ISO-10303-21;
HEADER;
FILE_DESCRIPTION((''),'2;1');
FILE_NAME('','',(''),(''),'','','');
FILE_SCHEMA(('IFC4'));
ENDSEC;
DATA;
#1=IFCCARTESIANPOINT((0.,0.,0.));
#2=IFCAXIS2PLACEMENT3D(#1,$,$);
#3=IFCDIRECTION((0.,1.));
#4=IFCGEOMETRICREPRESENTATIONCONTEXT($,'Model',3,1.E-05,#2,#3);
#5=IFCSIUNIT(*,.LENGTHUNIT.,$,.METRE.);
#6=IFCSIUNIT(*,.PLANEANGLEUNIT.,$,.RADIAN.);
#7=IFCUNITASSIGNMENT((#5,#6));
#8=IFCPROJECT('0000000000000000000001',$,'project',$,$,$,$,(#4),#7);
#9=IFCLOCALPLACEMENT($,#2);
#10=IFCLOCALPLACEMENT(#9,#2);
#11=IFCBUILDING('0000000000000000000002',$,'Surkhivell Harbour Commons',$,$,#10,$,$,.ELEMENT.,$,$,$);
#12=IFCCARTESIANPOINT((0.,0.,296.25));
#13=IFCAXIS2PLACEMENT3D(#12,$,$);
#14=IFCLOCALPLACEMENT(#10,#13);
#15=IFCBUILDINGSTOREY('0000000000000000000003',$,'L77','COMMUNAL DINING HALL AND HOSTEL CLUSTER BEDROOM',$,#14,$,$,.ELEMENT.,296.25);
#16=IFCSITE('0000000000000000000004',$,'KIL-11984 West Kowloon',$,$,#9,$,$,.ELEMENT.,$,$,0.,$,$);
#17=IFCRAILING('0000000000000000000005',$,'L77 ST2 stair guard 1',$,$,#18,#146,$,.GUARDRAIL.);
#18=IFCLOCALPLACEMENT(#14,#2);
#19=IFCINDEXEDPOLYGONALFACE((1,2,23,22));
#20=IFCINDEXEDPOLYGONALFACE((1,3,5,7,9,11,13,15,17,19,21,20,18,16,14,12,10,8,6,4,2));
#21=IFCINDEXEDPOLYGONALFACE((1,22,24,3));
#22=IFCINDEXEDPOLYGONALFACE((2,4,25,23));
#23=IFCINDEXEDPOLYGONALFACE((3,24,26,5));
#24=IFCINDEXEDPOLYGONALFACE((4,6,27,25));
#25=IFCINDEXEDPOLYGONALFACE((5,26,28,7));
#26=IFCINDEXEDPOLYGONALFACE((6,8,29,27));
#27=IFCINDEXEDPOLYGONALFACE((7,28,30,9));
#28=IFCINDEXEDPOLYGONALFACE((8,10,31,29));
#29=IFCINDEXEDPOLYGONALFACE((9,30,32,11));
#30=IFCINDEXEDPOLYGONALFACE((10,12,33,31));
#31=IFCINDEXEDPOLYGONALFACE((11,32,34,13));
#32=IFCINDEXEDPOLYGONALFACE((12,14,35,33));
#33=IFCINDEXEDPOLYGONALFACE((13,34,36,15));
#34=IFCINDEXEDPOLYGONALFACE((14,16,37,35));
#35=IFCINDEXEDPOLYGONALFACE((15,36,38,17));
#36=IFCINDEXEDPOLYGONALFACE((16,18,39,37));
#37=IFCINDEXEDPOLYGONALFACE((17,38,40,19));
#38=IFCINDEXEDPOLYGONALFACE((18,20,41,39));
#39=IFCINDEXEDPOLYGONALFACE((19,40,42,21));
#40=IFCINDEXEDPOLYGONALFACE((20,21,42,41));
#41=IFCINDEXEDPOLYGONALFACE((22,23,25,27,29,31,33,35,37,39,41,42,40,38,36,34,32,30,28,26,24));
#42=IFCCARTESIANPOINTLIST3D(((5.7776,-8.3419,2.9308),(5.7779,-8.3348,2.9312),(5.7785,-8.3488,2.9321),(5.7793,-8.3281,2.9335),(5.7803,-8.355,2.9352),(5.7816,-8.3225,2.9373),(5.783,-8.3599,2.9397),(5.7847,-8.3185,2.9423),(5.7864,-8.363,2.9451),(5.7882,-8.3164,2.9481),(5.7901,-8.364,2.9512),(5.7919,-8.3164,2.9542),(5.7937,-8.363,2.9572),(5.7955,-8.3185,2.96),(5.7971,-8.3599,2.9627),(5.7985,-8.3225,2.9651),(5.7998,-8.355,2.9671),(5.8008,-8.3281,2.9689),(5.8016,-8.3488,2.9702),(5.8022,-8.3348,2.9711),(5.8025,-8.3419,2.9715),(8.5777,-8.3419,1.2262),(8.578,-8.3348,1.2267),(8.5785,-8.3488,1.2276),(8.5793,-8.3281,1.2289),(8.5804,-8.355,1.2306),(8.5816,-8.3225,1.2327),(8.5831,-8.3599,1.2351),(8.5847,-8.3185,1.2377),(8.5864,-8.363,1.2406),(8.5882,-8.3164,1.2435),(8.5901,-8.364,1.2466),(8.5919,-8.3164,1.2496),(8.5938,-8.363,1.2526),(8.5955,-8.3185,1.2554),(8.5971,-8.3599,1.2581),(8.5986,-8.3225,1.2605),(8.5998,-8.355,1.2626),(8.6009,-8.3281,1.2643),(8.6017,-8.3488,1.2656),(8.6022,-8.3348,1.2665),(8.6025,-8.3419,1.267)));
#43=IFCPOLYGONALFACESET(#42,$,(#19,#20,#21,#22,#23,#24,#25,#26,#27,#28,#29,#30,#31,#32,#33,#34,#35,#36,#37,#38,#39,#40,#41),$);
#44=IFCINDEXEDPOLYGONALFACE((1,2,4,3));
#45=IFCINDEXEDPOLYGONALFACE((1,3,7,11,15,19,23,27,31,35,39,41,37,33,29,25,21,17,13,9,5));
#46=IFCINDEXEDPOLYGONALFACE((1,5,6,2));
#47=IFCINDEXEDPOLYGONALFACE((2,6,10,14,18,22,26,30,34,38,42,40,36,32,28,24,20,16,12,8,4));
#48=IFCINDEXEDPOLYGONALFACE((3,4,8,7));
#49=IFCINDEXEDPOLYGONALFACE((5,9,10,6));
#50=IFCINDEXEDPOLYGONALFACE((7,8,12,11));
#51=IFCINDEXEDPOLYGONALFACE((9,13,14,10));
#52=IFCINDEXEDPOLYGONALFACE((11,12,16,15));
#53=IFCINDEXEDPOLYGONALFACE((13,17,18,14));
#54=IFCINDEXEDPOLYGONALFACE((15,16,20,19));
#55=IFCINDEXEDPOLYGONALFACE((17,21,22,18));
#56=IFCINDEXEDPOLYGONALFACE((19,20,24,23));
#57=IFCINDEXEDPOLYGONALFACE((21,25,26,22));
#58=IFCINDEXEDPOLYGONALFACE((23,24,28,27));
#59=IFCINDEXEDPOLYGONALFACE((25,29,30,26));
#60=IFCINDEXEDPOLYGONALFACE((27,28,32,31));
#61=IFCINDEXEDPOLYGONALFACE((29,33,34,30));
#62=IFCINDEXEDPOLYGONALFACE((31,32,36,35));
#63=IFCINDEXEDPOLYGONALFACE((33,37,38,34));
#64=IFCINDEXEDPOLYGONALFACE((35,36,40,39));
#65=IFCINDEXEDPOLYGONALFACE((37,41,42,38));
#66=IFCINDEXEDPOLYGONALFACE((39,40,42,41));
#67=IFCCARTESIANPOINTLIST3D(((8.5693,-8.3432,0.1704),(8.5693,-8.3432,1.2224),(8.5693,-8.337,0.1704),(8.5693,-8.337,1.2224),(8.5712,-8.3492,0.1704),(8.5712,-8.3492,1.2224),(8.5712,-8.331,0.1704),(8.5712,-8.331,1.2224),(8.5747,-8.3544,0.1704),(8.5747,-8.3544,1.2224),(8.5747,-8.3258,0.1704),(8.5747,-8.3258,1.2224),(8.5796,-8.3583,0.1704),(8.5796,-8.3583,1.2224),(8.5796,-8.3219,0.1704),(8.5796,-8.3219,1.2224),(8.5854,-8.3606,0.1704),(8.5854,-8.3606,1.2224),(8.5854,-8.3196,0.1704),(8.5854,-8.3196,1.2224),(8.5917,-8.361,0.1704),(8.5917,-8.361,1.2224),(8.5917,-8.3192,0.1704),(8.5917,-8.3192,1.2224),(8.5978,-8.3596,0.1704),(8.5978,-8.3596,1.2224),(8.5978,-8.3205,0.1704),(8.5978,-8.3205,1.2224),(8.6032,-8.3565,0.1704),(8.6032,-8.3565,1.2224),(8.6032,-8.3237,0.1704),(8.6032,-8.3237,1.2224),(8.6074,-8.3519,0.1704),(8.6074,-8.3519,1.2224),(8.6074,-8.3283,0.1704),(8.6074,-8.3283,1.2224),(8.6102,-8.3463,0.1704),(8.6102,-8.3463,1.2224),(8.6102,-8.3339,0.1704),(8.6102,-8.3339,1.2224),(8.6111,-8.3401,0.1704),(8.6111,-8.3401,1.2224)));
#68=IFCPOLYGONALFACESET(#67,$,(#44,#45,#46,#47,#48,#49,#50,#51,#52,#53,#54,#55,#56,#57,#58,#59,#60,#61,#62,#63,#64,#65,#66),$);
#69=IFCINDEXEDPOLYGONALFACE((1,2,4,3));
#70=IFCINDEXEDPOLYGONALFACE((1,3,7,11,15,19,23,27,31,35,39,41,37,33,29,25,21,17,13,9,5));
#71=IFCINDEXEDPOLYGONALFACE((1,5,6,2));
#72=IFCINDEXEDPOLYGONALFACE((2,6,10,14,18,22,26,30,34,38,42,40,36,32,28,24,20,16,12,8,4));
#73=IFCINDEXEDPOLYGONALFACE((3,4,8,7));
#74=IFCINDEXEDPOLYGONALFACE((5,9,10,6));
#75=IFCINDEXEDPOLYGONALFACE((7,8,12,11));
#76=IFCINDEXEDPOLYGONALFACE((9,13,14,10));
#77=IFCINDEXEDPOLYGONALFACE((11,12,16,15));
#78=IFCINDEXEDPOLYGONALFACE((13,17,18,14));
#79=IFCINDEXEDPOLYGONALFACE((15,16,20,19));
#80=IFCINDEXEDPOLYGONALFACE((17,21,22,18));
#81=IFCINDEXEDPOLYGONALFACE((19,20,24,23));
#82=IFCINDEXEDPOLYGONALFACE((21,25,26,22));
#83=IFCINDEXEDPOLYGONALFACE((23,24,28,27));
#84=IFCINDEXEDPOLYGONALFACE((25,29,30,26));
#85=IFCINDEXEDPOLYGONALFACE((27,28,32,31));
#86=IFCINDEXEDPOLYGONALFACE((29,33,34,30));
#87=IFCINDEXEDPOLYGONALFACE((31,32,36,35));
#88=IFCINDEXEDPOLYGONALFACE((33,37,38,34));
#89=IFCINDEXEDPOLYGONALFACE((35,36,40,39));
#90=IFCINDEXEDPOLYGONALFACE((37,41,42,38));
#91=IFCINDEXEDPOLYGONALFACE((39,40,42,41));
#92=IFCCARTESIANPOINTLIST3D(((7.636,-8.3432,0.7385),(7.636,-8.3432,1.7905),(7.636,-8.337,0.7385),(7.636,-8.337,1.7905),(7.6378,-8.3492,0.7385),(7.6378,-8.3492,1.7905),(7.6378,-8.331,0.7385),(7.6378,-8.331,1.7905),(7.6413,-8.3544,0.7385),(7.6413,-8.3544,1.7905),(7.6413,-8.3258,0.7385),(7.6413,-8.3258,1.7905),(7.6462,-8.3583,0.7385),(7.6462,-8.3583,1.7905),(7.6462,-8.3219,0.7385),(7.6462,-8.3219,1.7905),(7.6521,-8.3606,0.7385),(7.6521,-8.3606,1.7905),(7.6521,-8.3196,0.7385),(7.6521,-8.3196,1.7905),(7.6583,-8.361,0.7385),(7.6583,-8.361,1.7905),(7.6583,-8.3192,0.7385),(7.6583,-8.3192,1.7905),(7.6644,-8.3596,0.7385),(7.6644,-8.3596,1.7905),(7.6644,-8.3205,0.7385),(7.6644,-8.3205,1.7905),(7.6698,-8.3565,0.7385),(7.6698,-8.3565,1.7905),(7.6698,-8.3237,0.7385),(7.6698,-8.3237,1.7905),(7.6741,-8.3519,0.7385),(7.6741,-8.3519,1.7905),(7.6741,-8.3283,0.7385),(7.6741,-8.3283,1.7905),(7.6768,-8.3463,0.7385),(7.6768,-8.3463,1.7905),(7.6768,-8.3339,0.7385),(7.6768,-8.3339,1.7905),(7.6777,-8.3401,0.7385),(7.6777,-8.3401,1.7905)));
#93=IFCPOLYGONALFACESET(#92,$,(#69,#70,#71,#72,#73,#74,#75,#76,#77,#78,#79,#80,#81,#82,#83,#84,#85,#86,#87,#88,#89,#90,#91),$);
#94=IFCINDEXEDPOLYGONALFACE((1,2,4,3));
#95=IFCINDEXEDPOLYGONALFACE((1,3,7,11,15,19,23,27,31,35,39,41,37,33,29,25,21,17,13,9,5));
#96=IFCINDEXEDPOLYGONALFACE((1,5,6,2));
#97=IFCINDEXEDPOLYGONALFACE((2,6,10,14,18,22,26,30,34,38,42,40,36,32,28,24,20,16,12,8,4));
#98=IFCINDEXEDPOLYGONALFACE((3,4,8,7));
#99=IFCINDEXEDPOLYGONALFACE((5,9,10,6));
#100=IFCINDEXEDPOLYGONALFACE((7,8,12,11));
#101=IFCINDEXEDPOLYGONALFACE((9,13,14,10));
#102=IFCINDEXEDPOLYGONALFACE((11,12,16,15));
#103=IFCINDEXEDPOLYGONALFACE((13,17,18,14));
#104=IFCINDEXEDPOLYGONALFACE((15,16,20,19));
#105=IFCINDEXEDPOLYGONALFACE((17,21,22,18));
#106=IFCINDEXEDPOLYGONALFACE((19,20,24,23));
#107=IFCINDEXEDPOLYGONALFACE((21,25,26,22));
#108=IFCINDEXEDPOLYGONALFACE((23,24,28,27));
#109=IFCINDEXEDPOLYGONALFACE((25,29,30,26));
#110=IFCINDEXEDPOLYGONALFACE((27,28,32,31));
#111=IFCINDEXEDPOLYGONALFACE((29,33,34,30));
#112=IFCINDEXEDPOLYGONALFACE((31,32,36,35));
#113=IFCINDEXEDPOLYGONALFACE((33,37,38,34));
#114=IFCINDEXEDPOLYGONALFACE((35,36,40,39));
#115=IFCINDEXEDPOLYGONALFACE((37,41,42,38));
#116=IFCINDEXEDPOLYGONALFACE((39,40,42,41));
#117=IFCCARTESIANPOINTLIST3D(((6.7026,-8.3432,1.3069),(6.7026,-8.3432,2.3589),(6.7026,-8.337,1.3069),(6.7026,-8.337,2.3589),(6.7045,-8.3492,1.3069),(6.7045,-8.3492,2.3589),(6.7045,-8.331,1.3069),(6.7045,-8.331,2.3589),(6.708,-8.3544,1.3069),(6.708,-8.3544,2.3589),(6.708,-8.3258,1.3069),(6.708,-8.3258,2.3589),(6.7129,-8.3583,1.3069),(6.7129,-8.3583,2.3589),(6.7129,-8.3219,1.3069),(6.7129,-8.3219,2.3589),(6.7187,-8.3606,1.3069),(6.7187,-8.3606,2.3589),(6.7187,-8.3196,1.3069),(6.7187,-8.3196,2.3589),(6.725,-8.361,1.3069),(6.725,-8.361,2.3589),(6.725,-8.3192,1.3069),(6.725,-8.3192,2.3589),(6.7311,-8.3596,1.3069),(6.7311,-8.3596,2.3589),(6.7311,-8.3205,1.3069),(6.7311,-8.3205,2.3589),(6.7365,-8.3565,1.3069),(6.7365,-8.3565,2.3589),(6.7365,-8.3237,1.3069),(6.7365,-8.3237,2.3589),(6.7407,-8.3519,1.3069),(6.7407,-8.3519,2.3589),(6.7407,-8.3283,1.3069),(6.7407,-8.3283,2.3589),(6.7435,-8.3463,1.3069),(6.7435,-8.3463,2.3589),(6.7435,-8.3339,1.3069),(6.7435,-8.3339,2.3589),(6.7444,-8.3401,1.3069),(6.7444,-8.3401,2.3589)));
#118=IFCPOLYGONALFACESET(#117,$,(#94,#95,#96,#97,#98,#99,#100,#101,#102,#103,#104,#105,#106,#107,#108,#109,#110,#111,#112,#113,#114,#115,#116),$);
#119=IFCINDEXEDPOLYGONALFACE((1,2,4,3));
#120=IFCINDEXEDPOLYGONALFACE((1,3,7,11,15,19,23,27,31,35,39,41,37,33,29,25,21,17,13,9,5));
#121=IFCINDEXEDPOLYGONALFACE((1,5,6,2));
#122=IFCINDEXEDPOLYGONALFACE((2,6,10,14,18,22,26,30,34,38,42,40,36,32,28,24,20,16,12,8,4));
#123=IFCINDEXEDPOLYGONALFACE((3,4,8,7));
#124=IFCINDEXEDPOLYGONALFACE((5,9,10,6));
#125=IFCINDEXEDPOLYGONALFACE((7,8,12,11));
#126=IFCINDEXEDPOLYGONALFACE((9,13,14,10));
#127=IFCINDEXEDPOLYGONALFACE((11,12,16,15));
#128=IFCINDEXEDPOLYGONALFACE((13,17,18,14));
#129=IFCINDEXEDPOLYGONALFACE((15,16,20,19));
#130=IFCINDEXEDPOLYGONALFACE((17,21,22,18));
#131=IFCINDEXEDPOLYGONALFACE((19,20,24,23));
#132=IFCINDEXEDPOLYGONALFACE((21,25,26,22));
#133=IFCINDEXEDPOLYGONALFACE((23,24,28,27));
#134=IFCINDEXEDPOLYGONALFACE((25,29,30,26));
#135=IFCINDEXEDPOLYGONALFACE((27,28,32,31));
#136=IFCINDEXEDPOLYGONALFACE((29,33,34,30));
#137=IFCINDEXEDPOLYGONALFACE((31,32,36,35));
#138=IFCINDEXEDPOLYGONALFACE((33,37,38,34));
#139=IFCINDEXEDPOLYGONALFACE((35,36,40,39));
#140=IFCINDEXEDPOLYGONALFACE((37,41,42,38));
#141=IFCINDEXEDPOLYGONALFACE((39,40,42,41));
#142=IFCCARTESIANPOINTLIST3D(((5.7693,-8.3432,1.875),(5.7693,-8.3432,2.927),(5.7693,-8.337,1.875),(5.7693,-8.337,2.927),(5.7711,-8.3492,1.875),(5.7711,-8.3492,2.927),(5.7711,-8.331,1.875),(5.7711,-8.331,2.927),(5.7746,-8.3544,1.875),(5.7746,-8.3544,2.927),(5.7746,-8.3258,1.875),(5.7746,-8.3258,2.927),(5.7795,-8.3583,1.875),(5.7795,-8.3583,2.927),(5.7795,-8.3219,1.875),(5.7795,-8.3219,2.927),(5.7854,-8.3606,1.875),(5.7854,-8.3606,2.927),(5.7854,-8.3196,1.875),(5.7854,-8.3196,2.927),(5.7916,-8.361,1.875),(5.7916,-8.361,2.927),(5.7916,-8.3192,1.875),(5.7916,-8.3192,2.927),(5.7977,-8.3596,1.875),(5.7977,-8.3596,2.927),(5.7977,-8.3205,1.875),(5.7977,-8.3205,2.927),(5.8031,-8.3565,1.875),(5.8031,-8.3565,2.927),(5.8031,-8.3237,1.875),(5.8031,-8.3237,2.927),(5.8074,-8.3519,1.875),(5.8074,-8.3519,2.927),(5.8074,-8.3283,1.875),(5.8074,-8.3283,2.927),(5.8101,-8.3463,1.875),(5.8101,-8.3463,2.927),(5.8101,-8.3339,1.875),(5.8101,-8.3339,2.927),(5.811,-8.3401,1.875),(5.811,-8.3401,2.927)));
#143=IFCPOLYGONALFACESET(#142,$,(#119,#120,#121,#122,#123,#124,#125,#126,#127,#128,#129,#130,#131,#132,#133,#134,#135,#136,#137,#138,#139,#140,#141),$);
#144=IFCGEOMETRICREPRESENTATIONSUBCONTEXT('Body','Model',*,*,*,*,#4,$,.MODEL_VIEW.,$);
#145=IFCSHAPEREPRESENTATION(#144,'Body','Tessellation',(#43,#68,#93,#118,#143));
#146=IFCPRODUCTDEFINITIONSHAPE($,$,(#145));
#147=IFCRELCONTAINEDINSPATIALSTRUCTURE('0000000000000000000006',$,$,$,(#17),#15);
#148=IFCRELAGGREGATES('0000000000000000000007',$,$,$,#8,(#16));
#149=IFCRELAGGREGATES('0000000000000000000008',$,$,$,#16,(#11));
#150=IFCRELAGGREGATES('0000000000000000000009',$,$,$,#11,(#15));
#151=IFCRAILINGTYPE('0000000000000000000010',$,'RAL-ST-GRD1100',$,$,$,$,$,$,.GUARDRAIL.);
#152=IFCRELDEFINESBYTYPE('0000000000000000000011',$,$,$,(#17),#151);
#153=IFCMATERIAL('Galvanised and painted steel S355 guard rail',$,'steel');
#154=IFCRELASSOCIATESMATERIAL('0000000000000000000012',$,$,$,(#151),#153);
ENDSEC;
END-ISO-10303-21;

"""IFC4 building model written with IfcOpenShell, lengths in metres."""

from ifc_helpers import new_model, si_unit, direction, frame, origin, origin_2d, place, context, subcontext, project, spatial, circle, extrude, material, type_object, element, save


model = new_model("IFC4")

# Units and contexts
model_context = context("Model", 3, precision=1e-05, world=origin(), true_north=direction((0.0, 1.0)))
body_context = subcontext(model_context, "Body", "Model", "MODEL_VIEW")
ifc_project = project(units=[si_unit("LENGTHUNIT", "METRE"), si_unit("PLANEANGLEUNIT", "RADIAN")], contexts=[model_context])

# Site, building, storey
site_placement = place(None, origin())
site = spatial("IfcSite", under=ifc_project, at=site_placement, Name="KIL-11984 West Kowloon", CompositionType="ELEMENT", RefElevation=0.0)
building_placement = place(site_placement, origin())
building = spatial("IfcBuilding", under=site, at=building_placement, Name="Surkhivell Harbour Commons", CompositionType="ELEMENT")
storey_placement = place(building_placement, frame((0.0, 0.0, 296.25)))
storey = spatial("IfcBuildingStorey", under=building, at=storey_placement, Name="L77", Description="COMMUNAL DINING HALL AND HOSTEL CLUSTER BEDROOM", CompositionType="ELEMENT", Elevation=296.25)

# Railing
ifc_material_1 = material(Name="Galvanised and painted steel S355 guard rail", Category="steel")
railing_type_1 = type_object("IfcRailingType", Name="RAL-ST-GRD1100", PredefinedType="GUARDRAIL", material=ifc_material_1)
railing_1_placement = place(storey_placement, frame((8.5901, -8.3401, 0.1704)))
element("IfcRailing", 1, at=railing_1_placement, inside=storey, type_object=railing_type_1, Name="L77 ST2 stair guard 1", PredefinedType="GUARDRAIL", context=body_context, shape_type="SweptSolid", body=[
    extrude(circle(Radius=0.0239, at=origin_2d()), frame((0.0, 0.0, 1.0762), z_axis=(-0.85417, 0.0, 0.519994), x_axis=(0.0, -1.0, 0.0)), (0.0, 0.0, 1.0), 3.2781),
    extrude(circle(Radius=0.021, at=origin_2d()), origin(), (0.0, 0.0, 1.0), 1.052),
    extrude(circle(Radius=0.021, at=origin_2d()), frame((-0.9333, 0.0, 0.5681)), (0.0, 0.0, 1.0), 1.052),
    extrude(circle(Radius=0.021, at=origin_2d()), frame((-1.8667, 0.0, 1.1365)), (0.0, 0.0, 1.0), 1.052),
    extrude(circle(Radius=0.021, at=origin_2d()), frame((-2.8, 0.0, 1.7046)), (0.0, 0.0, 1.0), 1.052),
])

save(model, "model.ifc")
